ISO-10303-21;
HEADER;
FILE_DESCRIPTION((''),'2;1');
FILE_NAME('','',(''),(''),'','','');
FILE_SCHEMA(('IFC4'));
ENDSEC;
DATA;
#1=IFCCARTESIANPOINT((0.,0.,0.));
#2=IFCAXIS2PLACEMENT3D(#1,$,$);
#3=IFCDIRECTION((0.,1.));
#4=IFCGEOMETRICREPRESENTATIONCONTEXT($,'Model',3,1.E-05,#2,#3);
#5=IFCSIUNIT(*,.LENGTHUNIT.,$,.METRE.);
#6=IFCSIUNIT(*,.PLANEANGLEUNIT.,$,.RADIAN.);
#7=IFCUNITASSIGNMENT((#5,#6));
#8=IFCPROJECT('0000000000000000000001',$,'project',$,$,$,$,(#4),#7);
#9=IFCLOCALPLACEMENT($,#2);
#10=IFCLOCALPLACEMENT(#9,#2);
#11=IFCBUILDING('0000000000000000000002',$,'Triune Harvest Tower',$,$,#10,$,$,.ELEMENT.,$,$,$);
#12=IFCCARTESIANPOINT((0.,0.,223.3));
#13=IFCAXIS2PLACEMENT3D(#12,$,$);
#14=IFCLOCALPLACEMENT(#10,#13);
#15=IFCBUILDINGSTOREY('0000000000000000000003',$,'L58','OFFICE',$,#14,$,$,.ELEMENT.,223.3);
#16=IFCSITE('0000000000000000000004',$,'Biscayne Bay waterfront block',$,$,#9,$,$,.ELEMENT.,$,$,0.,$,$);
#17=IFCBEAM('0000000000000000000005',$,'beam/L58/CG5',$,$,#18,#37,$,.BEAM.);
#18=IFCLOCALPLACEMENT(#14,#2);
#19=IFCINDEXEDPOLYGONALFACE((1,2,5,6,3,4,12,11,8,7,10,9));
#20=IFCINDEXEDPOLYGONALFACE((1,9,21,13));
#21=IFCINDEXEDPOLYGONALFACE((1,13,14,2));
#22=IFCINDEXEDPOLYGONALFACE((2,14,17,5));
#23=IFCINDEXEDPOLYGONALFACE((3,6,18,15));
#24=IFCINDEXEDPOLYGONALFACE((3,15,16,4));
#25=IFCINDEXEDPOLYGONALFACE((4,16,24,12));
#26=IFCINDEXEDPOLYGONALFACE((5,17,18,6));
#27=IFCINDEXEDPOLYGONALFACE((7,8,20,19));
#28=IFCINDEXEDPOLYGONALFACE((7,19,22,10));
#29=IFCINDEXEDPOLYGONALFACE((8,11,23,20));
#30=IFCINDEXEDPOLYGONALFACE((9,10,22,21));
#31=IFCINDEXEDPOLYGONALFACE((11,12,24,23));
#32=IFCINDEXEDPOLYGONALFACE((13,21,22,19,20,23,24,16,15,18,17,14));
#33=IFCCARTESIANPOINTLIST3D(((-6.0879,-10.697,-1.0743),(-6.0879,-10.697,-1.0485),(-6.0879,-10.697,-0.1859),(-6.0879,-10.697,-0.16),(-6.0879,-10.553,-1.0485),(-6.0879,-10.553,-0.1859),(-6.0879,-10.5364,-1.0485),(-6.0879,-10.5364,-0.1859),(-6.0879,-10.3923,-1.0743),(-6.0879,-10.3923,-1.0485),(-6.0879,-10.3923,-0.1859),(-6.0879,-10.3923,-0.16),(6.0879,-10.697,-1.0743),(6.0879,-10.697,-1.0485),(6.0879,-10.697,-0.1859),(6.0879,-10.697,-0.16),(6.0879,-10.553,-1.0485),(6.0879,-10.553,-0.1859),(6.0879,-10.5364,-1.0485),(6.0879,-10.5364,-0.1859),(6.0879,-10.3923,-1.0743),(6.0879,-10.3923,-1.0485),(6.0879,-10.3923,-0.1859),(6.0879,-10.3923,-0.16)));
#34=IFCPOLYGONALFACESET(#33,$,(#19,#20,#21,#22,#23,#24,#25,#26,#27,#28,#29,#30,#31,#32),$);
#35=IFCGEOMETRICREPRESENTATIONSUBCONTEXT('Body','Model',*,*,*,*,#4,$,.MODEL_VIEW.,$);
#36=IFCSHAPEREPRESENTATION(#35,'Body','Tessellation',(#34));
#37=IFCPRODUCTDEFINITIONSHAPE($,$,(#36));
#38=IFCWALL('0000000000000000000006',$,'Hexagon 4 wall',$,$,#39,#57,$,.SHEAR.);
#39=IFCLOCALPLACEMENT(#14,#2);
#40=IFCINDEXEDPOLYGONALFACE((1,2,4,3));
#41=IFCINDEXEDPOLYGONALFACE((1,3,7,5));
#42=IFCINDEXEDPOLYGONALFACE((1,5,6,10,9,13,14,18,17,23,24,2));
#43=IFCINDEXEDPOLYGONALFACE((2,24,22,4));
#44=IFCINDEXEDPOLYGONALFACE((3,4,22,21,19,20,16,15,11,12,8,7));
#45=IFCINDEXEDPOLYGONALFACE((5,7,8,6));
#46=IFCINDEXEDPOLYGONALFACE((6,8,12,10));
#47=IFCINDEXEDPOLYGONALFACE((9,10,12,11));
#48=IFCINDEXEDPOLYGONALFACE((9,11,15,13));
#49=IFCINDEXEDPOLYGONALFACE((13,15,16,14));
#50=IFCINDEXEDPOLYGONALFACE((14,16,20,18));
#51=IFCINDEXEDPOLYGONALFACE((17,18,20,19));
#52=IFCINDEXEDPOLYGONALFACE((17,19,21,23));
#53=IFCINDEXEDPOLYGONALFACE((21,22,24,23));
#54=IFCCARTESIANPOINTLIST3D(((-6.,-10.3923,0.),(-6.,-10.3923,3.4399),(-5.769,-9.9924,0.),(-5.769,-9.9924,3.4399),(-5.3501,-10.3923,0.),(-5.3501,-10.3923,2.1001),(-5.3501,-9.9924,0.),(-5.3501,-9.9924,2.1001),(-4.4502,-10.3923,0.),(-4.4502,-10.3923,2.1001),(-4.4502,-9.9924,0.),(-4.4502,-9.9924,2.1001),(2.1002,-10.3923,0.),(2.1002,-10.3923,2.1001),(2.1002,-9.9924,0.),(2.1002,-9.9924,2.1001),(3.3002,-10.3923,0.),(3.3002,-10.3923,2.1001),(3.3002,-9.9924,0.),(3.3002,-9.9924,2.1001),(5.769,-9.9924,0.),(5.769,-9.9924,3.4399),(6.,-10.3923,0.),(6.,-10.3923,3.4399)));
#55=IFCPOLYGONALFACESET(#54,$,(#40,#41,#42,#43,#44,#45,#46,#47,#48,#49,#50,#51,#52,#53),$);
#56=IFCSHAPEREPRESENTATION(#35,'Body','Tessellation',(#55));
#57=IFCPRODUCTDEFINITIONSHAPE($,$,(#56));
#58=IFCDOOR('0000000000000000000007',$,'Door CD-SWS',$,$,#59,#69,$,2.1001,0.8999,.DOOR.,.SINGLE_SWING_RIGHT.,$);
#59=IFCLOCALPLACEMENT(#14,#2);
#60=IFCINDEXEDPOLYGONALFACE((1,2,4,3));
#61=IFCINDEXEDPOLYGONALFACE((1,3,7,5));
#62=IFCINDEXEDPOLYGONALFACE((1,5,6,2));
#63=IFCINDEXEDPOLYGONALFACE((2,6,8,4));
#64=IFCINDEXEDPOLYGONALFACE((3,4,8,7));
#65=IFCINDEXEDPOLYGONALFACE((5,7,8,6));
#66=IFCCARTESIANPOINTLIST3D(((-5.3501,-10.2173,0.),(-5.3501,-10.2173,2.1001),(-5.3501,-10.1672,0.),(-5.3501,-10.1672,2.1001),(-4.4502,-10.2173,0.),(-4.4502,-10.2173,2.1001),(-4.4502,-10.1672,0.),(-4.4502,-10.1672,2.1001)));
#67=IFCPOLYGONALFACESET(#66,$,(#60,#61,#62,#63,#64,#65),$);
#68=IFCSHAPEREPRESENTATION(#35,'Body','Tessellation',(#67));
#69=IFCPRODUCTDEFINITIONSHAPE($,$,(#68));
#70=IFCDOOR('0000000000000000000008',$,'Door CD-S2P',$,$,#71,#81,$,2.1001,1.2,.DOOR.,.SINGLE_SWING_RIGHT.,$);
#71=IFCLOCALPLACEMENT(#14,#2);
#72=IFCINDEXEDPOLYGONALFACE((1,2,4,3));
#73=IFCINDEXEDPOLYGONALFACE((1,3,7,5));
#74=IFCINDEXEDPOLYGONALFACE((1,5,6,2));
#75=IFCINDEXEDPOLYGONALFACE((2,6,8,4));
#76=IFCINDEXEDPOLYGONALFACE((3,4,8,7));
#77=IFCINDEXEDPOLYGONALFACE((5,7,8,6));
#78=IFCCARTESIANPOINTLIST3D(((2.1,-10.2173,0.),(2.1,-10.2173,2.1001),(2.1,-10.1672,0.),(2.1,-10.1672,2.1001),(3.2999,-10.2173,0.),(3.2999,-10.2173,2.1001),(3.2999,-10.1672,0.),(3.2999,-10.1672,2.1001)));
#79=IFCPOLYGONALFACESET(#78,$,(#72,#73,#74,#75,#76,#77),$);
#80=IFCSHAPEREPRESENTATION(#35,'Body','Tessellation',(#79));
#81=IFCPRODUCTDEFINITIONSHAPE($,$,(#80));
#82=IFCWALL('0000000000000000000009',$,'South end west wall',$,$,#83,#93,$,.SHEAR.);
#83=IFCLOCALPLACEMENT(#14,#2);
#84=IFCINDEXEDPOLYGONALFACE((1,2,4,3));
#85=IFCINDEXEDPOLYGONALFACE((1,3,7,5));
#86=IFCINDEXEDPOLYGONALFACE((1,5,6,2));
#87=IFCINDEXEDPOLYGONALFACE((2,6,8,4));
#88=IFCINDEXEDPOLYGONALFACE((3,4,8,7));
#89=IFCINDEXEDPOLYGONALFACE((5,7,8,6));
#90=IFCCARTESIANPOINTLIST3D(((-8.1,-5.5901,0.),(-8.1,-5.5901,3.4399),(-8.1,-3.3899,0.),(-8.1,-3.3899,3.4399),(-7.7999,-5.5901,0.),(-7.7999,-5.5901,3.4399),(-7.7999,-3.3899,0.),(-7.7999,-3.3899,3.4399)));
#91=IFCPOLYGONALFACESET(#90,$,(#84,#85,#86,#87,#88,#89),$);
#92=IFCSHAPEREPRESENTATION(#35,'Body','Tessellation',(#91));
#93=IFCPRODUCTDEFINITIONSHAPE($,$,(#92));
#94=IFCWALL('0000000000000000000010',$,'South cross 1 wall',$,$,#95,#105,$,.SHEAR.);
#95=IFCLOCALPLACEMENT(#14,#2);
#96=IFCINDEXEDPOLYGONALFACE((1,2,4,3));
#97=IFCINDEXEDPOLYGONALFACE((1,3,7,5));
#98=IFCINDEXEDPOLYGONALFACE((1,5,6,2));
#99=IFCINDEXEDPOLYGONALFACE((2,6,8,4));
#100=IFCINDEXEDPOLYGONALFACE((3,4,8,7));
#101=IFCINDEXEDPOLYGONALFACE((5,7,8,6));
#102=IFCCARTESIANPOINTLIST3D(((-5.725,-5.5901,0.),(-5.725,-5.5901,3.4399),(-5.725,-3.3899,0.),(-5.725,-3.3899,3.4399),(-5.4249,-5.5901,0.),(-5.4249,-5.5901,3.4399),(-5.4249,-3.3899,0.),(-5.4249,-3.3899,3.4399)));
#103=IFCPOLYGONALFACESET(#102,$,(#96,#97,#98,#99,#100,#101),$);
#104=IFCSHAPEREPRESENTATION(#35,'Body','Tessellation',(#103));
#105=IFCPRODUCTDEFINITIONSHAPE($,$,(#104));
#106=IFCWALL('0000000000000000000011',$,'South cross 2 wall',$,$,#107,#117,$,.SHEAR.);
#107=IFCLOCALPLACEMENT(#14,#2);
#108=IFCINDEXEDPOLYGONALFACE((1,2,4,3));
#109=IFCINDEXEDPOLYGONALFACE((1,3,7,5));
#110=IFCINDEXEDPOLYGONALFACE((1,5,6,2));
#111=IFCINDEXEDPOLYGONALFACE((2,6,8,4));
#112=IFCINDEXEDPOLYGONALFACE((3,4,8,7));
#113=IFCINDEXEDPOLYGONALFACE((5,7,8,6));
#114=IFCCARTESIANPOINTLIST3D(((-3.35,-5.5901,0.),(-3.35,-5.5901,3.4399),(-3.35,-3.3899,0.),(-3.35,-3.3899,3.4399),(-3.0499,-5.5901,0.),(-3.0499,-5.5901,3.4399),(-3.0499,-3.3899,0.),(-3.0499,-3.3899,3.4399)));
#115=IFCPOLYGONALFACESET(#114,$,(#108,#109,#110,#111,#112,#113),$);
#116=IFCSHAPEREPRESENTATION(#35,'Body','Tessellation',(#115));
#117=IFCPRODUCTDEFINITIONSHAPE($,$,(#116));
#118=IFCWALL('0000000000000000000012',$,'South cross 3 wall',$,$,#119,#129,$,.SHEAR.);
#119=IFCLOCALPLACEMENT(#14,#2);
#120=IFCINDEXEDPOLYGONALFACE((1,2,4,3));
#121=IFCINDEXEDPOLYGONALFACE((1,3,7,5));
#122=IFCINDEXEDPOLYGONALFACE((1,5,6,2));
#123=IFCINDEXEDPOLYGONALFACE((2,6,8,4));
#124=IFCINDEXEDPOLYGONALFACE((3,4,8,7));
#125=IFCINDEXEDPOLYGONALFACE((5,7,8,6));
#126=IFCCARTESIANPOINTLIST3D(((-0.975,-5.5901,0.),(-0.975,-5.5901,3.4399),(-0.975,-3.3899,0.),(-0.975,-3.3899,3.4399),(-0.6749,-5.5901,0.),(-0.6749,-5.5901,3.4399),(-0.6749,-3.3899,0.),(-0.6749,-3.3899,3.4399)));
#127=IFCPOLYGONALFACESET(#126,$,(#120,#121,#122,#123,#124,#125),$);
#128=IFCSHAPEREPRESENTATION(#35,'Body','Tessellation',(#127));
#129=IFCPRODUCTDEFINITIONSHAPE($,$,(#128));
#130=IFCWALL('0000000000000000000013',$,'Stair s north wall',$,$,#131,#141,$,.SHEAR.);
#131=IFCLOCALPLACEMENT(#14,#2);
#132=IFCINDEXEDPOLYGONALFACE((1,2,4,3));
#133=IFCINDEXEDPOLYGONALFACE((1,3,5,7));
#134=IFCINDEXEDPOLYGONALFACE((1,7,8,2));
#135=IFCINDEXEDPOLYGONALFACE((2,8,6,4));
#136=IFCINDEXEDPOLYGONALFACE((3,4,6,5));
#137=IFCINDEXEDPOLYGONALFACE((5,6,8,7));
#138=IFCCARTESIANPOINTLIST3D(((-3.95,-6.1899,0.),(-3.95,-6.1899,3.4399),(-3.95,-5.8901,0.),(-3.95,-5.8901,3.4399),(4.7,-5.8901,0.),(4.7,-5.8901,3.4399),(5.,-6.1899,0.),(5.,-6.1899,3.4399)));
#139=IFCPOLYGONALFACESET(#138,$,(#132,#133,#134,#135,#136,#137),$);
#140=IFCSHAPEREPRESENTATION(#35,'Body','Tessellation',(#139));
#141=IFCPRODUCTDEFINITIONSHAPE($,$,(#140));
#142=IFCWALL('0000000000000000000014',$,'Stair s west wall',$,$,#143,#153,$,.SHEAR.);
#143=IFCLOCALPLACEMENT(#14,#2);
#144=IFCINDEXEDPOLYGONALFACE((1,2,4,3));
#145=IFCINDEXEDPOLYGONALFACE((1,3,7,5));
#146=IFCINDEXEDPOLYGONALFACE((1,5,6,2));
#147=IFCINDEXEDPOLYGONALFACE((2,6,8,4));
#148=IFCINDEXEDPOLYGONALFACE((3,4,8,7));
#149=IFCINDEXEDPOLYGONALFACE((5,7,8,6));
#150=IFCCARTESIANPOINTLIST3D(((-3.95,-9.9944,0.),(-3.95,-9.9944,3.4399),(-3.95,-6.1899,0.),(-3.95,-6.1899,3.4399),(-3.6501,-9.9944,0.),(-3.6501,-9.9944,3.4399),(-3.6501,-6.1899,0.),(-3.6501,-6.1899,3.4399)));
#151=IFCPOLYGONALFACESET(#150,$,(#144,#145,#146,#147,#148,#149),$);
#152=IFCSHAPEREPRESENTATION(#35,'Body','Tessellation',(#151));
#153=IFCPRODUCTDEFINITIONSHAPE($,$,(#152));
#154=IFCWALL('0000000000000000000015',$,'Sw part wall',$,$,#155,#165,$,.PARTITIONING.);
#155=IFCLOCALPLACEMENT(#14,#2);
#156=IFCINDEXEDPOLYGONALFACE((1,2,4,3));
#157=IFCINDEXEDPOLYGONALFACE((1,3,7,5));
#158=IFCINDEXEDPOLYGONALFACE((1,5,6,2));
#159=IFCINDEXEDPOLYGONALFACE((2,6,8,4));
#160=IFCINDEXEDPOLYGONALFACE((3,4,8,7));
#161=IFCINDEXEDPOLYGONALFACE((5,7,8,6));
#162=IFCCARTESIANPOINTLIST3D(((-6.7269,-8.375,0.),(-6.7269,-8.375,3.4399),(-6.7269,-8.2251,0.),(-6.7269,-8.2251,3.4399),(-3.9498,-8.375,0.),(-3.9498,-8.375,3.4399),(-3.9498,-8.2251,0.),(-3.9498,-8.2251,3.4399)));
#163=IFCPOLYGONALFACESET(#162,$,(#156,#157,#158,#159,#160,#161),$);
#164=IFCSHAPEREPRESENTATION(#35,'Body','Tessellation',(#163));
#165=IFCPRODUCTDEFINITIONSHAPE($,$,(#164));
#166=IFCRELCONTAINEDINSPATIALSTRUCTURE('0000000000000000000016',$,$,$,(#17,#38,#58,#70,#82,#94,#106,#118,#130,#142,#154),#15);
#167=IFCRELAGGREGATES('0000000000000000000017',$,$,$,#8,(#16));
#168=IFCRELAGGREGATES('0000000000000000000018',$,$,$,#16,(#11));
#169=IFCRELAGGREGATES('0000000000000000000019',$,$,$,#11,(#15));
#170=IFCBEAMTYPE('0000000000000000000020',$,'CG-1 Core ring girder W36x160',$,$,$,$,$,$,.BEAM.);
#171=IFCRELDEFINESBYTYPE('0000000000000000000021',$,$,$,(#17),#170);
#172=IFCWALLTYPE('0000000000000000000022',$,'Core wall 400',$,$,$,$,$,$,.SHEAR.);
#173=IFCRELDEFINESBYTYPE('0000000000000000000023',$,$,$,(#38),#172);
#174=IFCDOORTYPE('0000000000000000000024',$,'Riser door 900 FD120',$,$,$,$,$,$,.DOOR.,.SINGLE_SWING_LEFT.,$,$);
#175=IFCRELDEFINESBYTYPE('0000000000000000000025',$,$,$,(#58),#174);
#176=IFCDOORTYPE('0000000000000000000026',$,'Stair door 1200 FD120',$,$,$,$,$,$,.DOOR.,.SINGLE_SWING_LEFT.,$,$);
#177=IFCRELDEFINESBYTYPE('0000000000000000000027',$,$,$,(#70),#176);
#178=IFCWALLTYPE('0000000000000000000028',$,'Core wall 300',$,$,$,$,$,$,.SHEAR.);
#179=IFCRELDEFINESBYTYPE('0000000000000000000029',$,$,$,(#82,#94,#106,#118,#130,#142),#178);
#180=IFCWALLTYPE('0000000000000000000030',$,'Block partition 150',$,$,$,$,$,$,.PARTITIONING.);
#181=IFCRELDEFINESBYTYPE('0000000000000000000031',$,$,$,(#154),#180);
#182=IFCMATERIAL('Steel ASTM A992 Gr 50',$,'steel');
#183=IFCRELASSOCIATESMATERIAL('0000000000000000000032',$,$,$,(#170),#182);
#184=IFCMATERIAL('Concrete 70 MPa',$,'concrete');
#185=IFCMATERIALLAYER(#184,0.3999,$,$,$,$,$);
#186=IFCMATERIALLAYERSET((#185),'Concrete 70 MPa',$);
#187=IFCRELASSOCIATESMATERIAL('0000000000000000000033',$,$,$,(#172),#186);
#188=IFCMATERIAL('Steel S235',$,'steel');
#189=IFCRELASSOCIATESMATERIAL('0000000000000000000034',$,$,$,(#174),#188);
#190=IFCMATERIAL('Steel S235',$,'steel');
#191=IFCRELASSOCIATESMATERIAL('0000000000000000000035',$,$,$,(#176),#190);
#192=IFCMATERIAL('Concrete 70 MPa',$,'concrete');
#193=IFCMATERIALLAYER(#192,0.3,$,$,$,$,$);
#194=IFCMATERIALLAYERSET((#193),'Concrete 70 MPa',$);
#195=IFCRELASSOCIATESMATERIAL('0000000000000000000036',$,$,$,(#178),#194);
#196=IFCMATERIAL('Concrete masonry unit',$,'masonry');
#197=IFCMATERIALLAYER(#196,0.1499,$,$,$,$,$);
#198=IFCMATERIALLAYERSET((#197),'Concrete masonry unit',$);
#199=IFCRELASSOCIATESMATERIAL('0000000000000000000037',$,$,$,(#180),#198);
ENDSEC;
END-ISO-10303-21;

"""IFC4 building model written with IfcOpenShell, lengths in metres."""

from ifc_helpers import new_model, si_unit, direction, frame, frame_2d, origin, origin_2d, place, context, subcontext, project, spatial, polyline, rectangle, i_section, outline, extrude, source, transform, mapped, material, layer, layer_set, material_profile, profile_set, type_object, element, fill, save


model = new_model("IFC4")

# Units and contexts
model_context = context("Model", 3, precision=1e-05, world=origin(), true_north=direction((0.0, 1.0)))
body_context = subcontext(model_context, "Body", "Model", "MODEL_VIEW")
ifc_project = project(units=[si_unit("LENGTHUNIT", "METRE"), si_unit("PLANEANGLEUNIT", "RADIAN")], contexts=[model_context])

# Site, building, storey
site_placement = place(None, origin())
site = spatial("IfcSite", under=ifc_project, at=site_placement, Name="Biscayne Bay waterfront block", CompositionType="ELEMENT", RefElevation=0.0)
building_placement = place(site_placement, origin())
building = spatial("IfcBuilding", under=site, at=building_placement, Name="Triune Harvest Tower", CompositionType="ELEMENT")
storey_placement = place(building_placement, frame((0.0, 0.0, 223.3)))
storey = spatial("IfcBuildingStorey", under=building, at=storey_placement, Name="L58", Description="OFFICE", CompositionType="ELEMENT", Elevation=223.3)

# Beam
ifc_material_1 = material(Name="Steel ASTM A992 Gr 50", Category="steel")
ifc_material_profile = material_profile(ifc_material_1, i_section(OverallWidth=0.3047, OverallDepth=0.9143, WebThickness=0.0166, FlangeThickness=0.0259, at=origin_2d()), Name="W36x160")
ifc_profile_set = profile_set([ifc_material_profile], Name="Steel ASTM A992 Gr 50")
beam_type = type_object("IfcBeamType", Name="CG-1 Core ring girder W36x160", PredefinedType="BEAM", material=ifc_profile_set)
shared_shape_1 = source(origin(), body_context, "Body", "SweptSolid", [
    extrude(i_section(OverallWidth=0.3047, OverallDepth=0.9143, WebThickness=0.0166, FlangeThickness=0.0259, at=origin_2d()), origin(), (0.0, 0.0, 1.0), 12.1758),
])
beam_placement = place(storey_placement, frame((-6.0879, -10.5447, -0.6172), z_axis=(1.0, 0.0, 0.0), x_axis=(0.0, 1.0, 0.0)))
element("IfcBeam", 1, at=beam_placement, inside=storey, type_object=beam_type, Name="beam/L58/CG5", PredefinedType="BEAM", context=body_context, shape_type="MappedRepresentation", body=[
    mapped(shared_shape_1, transform((0.0, 0.0, 0.0), scale=1.0)),
])

# Wall, openings, doors
ifc_material_2 = material(Name="Concrete 70 MPa", Category="concrete")
ifc_layer_1 = layer(ifc_material_2, 0.3999)
ifc_layer_set_1 = layer_set([ifc_layer_1], Name="Concrete 70 MPa")
wall_type_1 = type_object("IfcWallType", Name="Core wall 400", PredefinedType="SHEAR", material=ifc_layer_set_1)
shared_shape_2 = source(origin(), body_context, "Body", "SweptSolid", [
    extrude(outline(polyline([(-0.1155, -0.2), (11.8845, -0.2), (11.6536, 0.2), (0.1155, 0.2), (-0.1155, -0.2)])), origin(), (0.0, 0.0, 1.0), 3.4399),
])
wall_1_placement = place(storey_placement, frame((-5.8845, -10.1924, 0.0), z_axis=(0.0, 0.0, 1.0), x_axis=(1.0, 0.0, 0.0)))
wall_1 = element("IfcWall", 2, at=wall_1_placement, inside=storey, type_object=wall_type_1, Name="Hexagon 4 wall", PredefinedType="SHEAR", context=body_context, shape_type="MappedRepresentation", body=[
    mapped(shared_shape_2, transform((0.0, 0.0, 0.0), scale=1.0)),
])
opening_1_placement = place(wall_1_placement, frame((7.9846, 0.0, 0.0)))
opening_1 = element("IfcOpeningElement", 3, at=opening_1_placement, cuts=wall_1, PredefinedType="OPENING", context=body_context, shape_type="SweptSolid", body=[
    extrude(rectangle(XDim=1.2, YDim=2.1001, at=frame_2d((0.6001, 1.05))), frame((0.0, 0.21, 0.0), z_axis=(0.0, -1.0, 0.0), x_axis=(1.0, 0.0, 0.0)), (0.0, 0.0, 1.0), 0.4199),
])
opening_2_placement = place(wall_1_placement, frame((0.5344, 0.0, 0.0)))
opening_2 = element("IfcOpeningElement", 4, at=opening_2_placement, cuts=wall_1, PredefinedType="OPENING", context=body_context, shape_type="SweptSolid", body=[
    extrude(rectangle(XDim=0.8999, YDim=2.1001, at=frame_2d((0.45, 1.05))), frame((0.0, 0.21, 0.0), z_axis=(0.0, -1.0, 0.0), x_axis=(1.0, 0.0, 0.0)), (0.0, 0.0, 1.0), 0.4199),
])
ifc_material_3 = material(Name="Steel S235", Category="steel")
door_type_1 = type_object("IfcDoorType", Name="Riser door 900 FD120", OperationType="SINGLE_SWING_LEFT", PredefinedType="DOOR", material=ifc_material_3)
door_1_placement = place(opening_2_placement, frame((0.8999, 0.0, 0.0), z_axis=(0.0, 0.0, 1.0), x_axis=(-1.0, 0.0, 0.0)))
door_1 = element("IfcDoor", 5, at=door_1_placement, inside=storey, type_object=door_type_1, Name="Door CD-SWS", OperationType="SINGLE_SWING_RIGHT", OverallHeight=2.1001, OverallWidth=0.8999, PredefinedType="DOOR", context=body_context, shape_type="SweptSolid", body=[
    extrude(rectangle(XDim=0.8999, YDim=2.1001, at=frame_2d((0.45, 1.05))), frame((0.0, 0.0249, 0.0), z_axis=(0.0, -1.0, 0.0), x_axis=(1.0, 0.0, 0.0)), (0.0, 0.0, 1.0), 0.05),
])
fill(opening_2, door_1)
ifc_material_4 = material(Name="Steel S235", Category="steel")
door_type_2 = type_object("IfcDoorType", Name="Stair door 1200 FD120", OperationType="SINGLE_SWING_LEFT", PredefinedType="DOOR", material=ifc_material_4)
door_2_placement = place(opening_1_placement, frame((1.2, 0.0, 0.0), z_axis=(0.0, 0.0, 1.0), x_axis=(-1.0, 0.0, 0.0)))
door_2 = element("IfcDoor", 6, at=door_2_placement, inside=storey, type_object=door_type_2, Name="Door CD-S2P", OperationType="SINGLE_SWING_RIGHT", OverallHeight=2.1001, OverallWidth=1.2, PredefinedType="DOOR", context=body_context, shape_type="SweptSolid", body=[
    extrude(rectangle(XDim=1.2, YDim=2.1001, at=frame_2d((0.6001, 1.05))), frame((0.0, 0.0249, 0.0), z_axis=(0.0, -1.0, 0.0), x_axis=(1.0, 0.0, 0.0)), (0.0, 0.0, 1.0), 0.05),
])
fill(opening_1, door_2)

# Walls
ifc_material_5 = material(Name="Concrete 70 MPa", Category="concrete")
ifc_layer_2 = layer(ifc_material_5, 0.3)
ifc_layer_set_2 = layer_set([ifc_layer_2], Name="Concrete 70 MPa")
wall_type_2 = type_object("IfcWallType", Name="Core wall 300", PredefinedType="SHEAR", material=ifc_layer_set_2)
shared_shape_3 = source(origin(), body_context, "Body", "SweptSolid", [
    extrude(rectangle(XDim=2.2002, YDim=0.3, at=frame_2d((1.1001, 0.0))), origin(), (0.0, 0.0, 1.0), 3.4399),
])
for number, where, z_axis, x_axis, name in (
    (7, (-7.95, -5.5901, 0.0), (0.0, 0.0, 1.0), (0.0, 1.0, 0.0), "South end west wall"),
    (8, (-5.575, -5.5901, 0.0), (0.0, 0.0, 1.0), (0.0, 1.0, 0.0), "South cross 1 wall"),
    (9, (-3.2, -5.5901, 0.0), (0.0, 0.0, 1.0), (0.0, 1.0, 0.0), "South cross 2 wall"),
    (10, (-0.825, -5.5901, 0.0), (0.0, 0.0, 1.0), (0.0, 1.0, 0.0), "South cross 3 wall"),
):
    element("IfcWall", number, at=place(storey_placement, frame(where, z_axis=z_axis, x_axis=x_axis)), inside=storey, type_object=wall_type_2, Name=name, PredefinedType="SHEAR", context=body_context, shape_type="MappedRepresentation", body=[
        mapped(shared_shape_3, transform((0.0, 0.0, 0.0), scale=1.0)),
    ])
shared_shape_4 = source(origin(), body_context, "Body", "SweptSolid", [
    extrude(outline(polyline([(0.0, -0.1499), (8.95, -0.1499), (8.6499, 0.1499), (0.0, 0.1499), (0.0, -0.1499)])), origin(), (0.0, 0.0, 1.0), 3.4399),
])
wall_2_placement = place(storey_placement, frame((-3.95, -6.04, 0.0), z_axis=(0.0, 0.0, 1.0), x_axis=(1.0, 0.0, 0.0)))
element("IfcWall", 11, at=wall_2_placement, inside=storey, type_object=wall_type_2, Name="Stair s north wall", PredefinedType="SHEAR", context=body_context, shape_type="MappedRepresentation", body=[
    mapped(shared_shape_4, transform((0.0, 0.0, 0.0), scale=1.0)),
])
shared_shape_5 = source(origin(), body_context, "Body", "SweptSolid", [
    extrude(outline(polyline([(3.8, -0.1499), (-0.0044, -0.1499), (-0.0044, 0.1499), (3.8, 0.1499), (3.8, -0.1499)])), origin(), (0.0, 0.0, 1.0), 3.4399),
])
wall_3_placement = place(storey_placement, frame((-3.8, -9.99, 0.0), z_axis=(0.0, 0.0, 1.0), x_axis=(0.0, 1.0, 0.0)))
element("IfcWall", 12, at=wall_3_placement, inside=storey, type_object=wall_type_2, Name="Stair s west wall", PredefinedType="SHEAR", context=body_context, shape_type="MappedRepresentation", body=[
    mapped(shared_shape_5, transform((0.0, 0.0, 0.0), scale=1.0)),
])
ifc_material_6 = material(Name="Concrete masonry unit", Category="masonry")
ifc_layer_3 = layer(ifc_material_6, 0.1499)
ifc_layer_set_3 = layer_set([ifc_layer_3], Name="Concrete masonry unit")
wall_type_3 = type_object("IfcWallType", Name="Block partition 150", PredefinedType="PARTITIONING", material=ifc_layer_set_3)
shared_shape_6 = source(origin(), body_context, "Body", "SweptSolid", [
    extrude(rectangle(XDim=2.7771, YDim=0.1499, at=frame_2d((1.3887, 0.0))), origin(), (0.0, 0.0, 1.0), 3.4399),
])
wall_4_placement = place(storey_placement, frame((-6.7271, -8.3, 0.0), z_axis=(0.0, 0.0, 1.0), x_axis=(1.0, 0.0, 0.0)))
element("IfcWall", 13, at=wall_4_placement, inside=storey, type_object=wall_type_3, Name="Sw part wall", PredefinedType="PARTITIONING", context=body_context, shape_type="MappedRepresentation", body=[
    mapped(shared_shape_6, transform((0.0, 0.0, 0.0), scale=1.0)),
])

save(model, "model.ifc")
